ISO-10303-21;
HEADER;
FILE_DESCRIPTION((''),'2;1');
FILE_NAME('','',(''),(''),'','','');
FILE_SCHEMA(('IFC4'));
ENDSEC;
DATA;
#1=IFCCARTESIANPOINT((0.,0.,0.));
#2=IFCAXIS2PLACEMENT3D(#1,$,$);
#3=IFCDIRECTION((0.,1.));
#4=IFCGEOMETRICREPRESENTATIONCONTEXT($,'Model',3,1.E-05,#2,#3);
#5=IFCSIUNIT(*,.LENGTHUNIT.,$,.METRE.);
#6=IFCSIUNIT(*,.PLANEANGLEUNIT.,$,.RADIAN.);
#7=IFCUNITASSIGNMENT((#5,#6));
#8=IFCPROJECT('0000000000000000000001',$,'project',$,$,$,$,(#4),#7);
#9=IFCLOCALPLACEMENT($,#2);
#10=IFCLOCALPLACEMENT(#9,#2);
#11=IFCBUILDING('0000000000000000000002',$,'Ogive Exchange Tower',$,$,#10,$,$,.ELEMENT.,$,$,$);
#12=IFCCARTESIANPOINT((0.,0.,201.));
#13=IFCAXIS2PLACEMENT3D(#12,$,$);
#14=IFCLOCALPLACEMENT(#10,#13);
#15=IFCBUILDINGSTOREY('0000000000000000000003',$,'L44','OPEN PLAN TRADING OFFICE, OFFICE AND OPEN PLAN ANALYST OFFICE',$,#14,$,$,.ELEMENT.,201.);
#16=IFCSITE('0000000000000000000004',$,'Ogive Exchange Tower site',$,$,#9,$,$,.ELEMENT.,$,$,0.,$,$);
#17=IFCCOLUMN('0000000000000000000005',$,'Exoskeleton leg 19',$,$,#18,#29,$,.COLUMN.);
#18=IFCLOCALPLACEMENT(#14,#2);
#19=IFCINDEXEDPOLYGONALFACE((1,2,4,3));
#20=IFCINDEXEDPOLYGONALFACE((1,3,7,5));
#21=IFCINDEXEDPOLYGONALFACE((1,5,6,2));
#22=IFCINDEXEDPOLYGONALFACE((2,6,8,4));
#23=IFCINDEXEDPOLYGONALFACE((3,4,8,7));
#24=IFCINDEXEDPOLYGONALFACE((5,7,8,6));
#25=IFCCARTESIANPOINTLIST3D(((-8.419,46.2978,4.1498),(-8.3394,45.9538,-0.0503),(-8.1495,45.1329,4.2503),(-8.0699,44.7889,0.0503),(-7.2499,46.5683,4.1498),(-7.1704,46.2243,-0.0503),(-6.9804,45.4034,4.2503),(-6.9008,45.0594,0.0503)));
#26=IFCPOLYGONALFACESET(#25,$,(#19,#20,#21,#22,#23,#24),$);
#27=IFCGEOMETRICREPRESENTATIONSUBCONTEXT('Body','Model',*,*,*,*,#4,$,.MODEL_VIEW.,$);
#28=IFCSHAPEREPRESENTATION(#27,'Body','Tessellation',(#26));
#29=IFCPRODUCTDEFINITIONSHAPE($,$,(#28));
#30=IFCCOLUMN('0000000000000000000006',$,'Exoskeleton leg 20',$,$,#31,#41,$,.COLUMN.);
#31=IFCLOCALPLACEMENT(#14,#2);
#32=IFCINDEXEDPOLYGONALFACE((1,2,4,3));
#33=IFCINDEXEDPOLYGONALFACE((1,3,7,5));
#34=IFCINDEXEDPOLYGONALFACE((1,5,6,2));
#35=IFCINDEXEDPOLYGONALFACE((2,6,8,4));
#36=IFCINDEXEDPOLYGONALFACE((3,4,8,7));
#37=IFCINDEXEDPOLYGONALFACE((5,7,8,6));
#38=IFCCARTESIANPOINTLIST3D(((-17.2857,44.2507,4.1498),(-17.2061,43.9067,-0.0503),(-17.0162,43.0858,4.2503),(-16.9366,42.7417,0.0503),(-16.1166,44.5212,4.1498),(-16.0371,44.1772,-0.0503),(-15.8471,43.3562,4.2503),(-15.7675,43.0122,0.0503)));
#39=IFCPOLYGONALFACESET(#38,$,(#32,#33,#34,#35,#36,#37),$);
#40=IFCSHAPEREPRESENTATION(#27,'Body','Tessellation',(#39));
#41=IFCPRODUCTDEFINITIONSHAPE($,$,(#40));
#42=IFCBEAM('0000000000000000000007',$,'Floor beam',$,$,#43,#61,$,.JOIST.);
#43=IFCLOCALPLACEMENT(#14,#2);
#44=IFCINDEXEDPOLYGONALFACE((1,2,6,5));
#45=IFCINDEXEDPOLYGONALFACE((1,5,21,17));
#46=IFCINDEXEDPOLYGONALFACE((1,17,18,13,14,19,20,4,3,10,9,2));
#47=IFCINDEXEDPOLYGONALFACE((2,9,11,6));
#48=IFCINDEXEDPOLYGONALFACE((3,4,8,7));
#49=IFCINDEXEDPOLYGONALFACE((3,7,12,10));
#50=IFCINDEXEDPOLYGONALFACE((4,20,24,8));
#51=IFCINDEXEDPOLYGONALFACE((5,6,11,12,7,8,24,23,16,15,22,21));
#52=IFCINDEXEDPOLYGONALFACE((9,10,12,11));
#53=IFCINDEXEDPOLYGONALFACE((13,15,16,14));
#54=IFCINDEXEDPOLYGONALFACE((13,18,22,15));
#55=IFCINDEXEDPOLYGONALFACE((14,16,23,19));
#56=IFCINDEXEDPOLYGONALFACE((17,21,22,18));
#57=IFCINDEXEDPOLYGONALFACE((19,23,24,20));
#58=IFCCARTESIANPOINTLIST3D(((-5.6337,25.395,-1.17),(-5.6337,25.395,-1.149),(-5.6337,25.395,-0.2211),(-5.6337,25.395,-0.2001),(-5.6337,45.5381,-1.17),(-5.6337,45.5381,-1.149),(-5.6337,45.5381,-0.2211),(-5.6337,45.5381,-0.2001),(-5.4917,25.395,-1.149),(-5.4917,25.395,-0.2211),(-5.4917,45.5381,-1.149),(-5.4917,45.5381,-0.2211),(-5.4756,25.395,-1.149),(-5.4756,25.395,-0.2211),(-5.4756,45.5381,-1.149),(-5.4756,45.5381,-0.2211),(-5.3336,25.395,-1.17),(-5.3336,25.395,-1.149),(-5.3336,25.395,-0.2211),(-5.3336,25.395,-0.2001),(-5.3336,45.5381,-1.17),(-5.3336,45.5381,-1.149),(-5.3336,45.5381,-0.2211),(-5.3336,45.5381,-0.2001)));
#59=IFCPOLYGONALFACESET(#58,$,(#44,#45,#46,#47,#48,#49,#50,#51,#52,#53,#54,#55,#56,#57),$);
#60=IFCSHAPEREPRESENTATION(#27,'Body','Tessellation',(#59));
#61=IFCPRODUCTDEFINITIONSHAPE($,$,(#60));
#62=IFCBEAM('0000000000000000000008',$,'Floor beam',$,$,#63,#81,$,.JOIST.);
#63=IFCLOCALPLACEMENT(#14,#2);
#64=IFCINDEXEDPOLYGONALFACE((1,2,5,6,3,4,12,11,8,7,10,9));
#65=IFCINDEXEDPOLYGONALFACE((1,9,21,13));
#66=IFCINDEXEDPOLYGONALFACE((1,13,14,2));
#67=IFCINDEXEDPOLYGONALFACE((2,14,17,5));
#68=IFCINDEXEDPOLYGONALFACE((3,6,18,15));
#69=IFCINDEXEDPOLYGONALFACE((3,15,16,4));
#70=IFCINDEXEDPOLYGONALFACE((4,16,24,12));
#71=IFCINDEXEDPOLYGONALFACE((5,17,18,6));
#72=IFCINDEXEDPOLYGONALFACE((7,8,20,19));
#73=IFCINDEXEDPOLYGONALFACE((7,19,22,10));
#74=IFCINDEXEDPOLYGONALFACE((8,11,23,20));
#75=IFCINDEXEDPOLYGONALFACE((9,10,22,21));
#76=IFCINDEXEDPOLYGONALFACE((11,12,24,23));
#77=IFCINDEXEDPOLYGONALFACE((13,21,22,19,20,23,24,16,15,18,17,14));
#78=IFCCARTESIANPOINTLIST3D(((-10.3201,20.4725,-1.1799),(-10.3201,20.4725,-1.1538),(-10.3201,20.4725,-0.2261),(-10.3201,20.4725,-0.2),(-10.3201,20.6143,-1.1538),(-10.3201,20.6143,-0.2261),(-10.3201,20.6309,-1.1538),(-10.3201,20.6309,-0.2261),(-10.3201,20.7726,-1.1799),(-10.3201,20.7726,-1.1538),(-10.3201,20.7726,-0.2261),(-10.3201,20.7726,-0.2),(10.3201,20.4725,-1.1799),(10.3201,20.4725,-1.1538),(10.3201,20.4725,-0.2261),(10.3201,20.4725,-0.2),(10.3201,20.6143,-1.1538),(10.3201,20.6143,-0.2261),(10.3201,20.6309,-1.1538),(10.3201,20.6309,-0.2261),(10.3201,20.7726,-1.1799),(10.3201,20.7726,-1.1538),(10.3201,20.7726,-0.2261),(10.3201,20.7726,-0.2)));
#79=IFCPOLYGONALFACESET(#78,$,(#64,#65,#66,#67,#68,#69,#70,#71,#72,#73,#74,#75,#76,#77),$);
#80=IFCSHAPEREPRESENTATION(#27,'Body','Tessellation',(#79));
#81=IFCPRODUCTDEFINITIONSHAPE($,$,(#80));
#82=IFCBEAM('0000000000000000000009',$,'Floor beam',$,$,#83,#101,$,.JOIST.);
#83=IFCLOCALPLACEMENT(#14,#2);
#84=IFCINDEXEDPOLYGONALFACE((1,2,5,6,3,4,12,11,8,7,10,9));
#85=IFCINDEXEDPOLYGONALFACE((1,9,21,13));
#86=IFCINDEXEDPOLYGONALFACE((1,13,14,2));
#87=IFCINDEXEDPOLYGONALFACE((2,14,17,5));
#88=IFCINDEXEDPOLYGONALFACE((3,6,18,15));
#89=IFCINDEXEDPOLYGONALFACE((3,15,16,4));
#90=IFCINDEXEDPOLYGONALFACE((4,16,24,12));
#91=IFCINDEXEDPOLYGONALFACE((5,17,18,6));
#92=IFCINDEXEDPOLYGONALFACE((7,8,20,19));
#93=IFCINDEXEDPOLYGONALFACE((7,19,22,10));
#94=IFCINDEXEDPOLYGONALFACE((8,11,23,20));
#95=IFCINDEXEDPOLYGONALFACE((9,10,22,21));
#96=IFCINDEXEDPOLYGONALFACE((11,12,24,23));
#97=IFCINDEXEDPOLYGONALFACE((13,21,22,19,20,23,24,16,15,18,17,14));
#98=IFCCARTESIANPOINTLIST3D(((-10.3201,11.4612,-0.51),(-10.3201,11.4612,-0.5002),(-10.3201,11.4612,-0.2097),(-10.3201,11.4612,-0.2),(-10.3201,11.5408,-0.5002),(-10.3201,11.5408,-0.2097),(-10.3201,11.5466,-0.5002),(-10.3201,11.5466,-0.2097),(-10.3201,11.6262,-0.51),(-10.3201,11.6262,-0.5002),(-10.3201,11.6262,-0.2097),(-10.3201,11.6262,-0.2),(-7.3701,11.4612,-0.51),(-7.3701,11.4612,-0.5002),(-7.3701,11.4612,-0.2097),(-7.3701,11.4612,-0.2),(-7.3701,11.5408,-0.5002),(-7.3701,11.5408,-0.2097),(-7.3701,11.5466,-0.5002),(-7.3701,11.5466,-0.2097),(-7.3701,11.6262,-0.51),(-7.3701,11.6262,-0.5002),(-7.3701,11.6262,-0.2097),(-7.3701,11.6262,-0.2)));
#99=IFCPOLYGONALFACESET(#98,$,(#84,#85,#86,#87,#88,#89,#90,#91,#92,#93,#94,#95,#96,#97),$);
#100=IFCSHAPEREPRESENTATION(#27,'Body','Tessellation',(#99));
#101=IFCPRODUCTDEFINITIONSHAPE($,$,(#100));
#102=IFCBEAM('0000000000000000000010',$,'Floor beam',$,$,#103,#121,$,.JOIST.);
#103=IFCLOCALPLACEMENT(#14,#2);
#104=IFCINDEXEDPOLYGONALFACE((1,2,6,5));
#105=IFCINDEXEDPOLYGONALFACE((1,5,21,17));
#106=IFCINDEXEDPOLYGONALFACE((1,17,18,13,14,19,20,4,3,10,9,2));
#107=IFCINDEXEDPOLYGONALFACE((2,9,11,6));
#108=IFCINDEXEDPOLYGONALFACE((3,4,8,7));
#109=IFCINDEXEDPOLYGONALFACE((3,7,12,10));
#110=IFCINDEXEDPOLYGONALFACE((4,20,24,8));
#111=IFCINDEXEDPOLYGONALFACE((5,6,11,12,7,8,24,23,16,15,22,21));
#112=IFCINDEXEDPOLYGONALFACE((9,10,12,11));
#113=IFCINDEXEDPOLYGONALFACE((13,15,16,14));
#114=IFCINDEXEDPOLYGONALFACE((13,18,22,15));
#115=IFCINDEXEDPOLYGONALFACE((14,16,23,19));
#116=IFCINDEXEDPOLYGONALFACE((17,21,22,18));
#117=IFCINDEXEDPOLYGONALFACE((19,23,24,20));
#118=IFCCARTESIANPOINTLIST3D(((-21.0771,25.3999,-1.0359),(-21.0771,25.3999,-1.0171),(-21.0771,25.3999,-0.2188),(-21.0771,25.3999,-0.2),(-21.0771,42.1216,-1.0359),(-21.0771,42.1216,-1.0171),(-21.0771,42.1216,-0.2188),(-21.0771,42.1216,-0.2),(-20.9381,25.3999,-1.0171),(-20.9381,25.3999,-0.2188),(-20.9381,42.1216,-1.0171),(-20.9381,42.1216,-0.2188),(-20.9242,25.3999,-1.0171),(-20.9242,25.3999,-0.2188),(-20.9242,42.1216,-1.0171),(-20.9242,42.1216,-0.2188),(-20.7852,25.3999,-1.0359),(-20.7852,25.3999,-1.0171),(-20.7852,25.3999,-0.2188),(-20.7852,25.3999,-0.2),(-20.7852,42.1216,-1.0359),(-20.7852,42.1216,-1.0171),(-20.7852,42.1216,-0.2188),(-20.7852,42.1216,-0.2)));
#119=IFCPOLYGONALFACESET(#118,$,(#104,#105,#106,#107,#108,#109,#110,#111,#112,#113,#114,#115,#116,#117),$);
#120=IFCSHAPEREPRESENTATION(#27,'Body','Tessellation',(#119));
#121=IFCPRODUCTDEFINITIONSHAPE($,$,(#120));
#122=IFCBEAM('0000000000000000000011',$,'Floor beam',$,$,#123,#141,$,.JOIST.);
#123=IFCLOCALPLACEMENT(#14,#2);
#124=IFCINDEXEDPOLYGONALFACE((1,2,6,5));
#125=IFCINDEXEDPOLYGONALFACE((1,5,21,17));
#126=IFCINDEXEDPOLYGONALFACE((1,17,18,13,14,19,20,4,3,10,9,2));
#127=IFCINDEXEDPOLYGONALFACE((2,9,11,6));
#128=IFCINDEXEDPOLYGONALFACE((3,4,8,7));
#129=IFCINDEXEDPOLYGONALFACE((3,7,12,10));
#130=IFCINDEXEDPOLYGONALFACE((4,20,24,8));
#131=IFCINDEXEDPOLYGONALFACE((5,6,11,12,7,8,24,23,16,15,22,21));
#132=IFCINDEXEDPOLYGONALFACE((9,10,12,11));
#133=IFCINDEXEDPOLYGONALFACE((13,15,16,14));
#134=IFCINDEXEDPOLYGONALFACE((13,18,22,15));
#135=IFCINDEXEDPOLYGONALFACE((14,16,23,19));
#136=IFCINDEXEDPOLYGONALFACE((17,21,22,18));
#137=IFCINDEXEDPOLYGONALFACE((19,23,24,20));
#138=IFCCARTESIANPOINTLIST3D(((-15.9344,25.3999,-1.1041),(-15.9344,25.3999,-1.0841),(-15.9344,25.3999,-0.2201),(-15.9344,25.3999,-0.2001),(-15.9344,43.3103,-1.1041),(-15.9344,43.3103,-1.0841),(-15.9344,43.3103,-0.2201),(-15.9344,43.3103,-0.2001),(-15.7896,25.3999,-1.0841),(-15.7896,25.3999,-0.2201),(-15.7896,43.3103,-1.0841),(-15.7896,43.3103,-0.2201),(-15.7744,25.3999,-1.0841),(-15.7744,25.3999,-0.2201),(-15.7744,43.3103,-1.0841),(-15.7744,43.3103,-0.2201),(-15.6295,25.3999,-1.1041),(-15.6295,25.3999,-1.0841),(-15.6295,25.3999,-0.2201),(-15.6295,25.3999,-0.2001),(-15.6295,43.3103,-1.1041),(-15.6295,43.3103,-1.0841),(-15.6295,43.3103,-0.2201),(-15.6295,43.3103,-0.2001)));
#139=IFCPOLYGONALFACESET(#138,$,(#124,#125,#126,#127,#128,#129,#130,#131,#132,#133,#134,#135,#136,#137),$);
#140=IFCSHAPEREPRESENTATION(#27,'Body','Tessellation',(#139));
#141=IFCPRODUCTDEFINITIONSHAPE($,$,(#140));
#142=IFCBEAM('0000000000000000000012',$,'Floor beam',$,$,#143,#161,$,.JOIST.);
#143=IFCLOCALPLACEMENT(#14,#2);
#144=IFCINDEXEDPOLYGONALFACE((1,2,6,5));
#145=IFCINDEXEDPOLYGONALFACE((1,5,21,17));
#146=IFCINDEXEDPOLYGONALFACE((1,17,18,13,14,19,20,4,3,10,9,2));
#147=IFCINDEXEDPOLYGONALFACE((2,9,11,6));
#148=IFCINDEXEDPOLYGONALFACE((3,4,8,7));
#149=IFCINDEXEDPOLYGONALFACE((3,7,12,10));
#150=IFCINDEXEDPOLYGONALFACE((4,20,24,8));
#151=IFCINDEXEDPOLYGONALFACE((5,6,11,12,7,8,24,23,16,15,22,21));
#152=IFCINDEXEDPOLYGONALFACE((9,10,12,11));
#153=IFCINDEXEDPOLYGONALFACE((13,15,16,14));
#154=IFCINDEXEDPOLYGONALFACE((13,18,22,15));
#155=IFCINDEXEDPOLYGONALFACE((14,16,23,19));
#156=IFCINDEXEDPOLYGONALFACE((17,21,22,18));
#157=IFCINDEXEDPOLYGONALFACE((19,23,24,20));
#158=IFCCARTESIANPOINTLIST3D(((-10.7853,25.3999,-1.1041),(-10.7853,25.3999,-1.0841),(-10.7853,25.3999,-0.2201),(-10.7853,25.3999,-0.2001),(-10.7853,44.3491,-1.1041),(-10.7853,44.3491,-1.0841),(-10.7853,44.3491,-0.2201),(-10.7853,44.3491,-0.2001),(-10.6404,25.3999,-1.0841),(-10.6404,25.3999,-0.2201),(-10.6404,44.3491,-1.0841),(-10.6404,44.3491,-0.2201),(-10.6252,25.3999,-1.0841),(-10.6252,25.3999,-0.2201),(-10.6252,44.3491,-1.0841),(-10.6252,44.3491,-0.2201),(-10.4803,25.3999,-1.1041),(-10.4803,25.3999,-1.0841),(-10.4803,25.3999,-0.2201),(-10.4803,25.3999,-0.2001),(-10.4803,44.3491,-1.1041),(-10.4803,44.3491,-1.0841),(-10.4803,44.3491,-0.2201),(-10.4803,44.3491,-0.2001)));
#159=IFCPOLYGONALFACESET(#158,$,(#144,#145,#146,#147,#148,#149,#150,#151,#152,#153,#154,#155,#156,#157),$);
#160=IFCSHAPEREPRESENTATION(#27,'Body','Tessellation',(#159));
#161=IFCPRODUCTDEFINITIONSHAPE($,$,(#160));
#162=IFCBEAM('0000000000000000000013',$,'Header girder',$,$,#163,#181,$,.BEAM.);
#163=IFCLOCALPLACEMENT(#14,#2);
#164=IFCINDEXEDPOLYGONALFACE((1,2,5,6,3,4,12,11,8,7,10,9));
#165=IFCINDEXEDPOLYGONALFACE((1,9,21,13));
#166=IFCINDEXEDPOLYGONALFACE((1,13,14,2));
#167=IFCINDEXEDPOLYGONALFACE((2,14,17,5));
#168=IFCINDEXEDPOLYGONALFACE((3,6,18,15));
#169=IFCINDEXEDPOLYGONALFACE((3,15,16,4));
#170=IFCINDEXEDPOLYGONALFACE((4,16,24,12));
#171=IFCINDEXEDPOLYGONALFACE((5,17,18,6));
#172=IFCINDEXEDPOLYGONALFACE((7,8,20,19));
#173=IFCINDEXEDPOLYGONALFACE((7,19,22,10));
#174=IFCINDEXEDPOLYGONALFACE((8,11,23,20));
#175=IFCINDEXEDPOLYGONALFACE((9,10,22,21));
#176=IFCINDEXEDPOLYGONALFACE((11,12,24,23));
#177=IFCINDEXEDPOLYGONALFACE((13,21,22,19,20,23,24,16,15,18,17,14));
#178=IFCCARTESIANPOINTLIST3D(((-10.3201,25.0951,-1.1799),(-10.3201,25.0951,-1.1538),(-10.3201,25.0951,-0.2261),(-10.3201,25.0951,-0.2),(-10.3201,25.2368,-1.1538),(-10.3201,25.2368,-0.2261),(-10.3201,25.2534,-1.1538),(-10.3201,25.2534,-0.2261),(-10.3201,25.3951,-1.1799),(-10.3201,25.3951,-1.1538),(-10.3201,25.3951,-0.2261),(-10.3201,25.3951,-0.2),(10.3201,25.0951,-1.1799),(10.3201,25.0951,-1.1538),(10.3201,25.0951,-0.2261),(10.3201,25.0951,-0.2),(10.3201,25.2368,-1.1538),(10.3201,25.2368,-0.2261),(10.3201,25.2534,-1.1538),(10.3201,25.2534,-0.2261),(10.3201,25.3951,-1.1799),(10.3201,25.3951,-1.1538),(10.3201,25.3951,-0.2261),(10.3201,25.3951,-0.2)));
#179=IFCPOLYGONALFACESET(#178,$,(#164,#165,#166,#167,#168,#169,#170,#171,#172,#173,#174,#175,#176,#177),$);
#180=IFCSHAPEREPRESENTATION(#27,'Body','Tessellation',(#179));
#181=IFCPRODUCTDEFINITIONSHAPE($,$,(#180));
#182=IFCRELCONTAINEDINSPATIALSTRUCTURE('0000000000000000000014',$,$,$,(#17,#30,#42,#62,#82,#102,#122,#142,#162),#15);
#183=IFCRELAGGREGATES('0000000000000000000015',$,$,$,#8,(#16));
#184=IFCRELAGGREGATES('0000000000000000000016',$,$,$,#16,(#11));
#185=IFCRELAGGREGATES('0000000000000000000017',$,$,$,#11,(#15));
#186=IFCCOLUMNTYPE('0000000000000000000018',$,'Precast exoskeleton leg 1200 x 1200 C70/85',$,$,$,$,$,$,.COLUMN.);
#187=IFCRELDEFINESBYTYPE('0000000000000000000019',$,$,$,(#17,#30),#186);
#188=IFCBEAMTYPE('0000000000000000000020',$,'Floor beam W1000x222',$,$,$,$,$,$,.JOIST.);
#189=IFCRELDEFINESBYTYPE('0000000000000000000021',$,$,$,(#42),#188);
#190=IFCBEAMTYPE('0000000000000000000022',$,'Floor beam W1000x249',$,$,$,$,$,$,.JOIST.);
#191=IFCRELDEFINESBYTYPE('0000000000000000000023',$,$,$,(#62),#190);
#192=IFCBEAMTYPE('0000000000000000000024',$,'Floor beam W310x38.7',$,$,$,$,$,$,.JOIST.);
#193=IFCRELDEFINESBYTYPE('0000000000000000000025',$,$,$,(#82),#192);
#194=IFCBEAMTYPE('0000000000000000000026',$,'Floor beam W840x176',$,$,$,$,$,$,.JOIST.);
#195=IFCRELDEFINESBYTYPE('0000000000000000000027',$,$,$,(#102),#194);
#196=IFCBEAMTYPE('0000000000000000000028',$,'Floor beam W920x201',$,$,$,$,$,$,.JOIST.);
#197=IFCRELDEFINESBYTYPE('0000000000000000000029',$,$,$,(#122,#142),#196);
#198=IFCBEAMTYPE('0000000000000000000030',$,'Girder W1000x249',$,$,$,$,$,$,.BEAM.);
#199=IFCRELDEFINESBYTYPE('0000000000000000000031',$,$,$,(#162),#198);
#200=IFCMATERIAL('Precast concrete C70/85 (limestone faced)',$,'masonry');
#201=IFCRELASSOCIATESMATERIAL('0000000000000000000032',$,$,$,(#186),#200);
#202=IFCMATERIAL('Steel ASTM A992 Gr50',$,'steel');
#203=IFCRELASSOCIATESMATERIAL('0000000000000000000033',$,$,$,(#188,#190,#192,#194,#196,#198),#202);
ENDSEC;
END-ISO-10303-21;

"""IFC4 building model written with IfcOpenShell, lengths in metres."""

from ifc_helpers import new_model, si_unit, direction, frame, origin, origin_2d, place, context, subcontext, project, spatial, rectangle, i_section, extrude, material, material_profile, profile_set, type_object, element, save


model = new_model("IFC4")

# Units and contexts
model_context = context("Model", 3, precision=1e-05, world=origin(), true_north=direction((0.0, 1.0)))
body_context = subcontext(model_context, "Body", "Model", "MODEL_VIEW")
ifc_project = project(units=[si_unit("LENGTHUNIT", "METRE"), si_unit("PLANEANGLEUNIT", "RADIAN")], contexts=[model_context])

# Site, building, storey
site_placement = place(None, origin())
site = spatial("IfcSite", under=ifc_project, at=site_placement, Name="Ogive Exchange Tower site", CompositionType="ELEMENT", RefElevation=0.0)
building_placement = place(site_placement, origin())
building = spatial("IfcBuilding", under=site, at=building_placement, Name="Ogive Exchange Tower", CompositionType="ELEMENT")
storey_placement = place(building_placement, frame((0.0, 0.0, 201.0)))
storey = spatial("IfcBuildingStorey", under=building, at=storey_placement, Name="L44", Description="OPEN PLAN TRADING OFFICE, OFFICE AND OPEN PLAN ANALYST OFFICE", CompositionType="ELEMENT", Elevation=201.0)

# Columns
ifc_material_1 = material(Name="Precast concrete C70/85 (limestone faced)", Category="masonry")
ifc_material_profile_1 = material_profile(ifc_material_1, rectangle(XDim=1.2, YDim=1.2, at=origin_2d()), Name="1200 x 1200")
ifc_profile_set_1 = profile_set([ifc_material_profile_1], Name="Precast concrete C70/85 (limestone faced)")
column_type = type_object("IfcColumnType", Name="Precast exoskeleton leg 1200 x 1200 C70/85", PredefinedType="COLUMN", material=ifc_profile_set_1)
for number, where, z_axis, x_axis, name in (
    (1, (-7.6201, 45.5066, 0.0), (-0.018884, 0.081616, 0.996485), (-0.974263, -0.225415, 0.0), "Exoskeleton leg 19"),
    (2, (-16.4868, 43.4595, 0.0), (-0.018884, 0.081616, 0.996485), (-0.974263, -0.225415, 0.0), "Exoskeleton leg 20"),
):
    element("IfcColumn", number, at=place(storey_placement, frame(where, z_axis=z_axis, x_axis=x_axis)), inside=storey, type_object=column_type, Name=name, PredefinedType="COLUMN", context=body_context, shape_type="SweptSolid", body=[
        extrude(rectangle(XDim=1.2, YDim=1.2, at=origin_2d()), origin(), (0.0, 0.0, 1.0), 4.2148),
    ])

# Beams
ifc_material_2 = material(Name="Steel ASTM A992 Gr50", Category="steel")
ifc_material_profile_2 = material_profile(ifc_material_2, i_section(OverallWidth=0.3, OverallDepth=0.97, WebThickness=0.0161, FlangeThickness=0.021, at=origin_2d()), Name="W1000x222")
ifc_profile_set_2 = profile_set([ifc_material_profile_2], Name="Steel ASTM A992 Gr50")
beam_type_1 = type_object("IfcBeamType", Name="Floor beam W1000x222", PredefinedType="JOIST", material=ifc_profile_set_2)
beam_1_placement = place(storey_placement, frame((-5.4836, 25.395, -0.6851), z_axis=(0.0, 1.0, 0.0), x_axis=(-1.0, 0.0, 0.0)))
element("IfcBeam", 3, at=beam_1_placement, inside=storey, type_object=beam_type_1, Name="Floor beam", PredefinedType="JOIST", context=body_context, shape_type="SweptSolid", body=[
    extrude(i_section(OverallWidth=0.3, OverallDepth=0.97, WebThickness=0.0161, FlangeThickness=0.021, at=origin_2d()), origin(), (0.0, 0.0, 1.0), 20.1431),
])
ifc_material_profile_3 = material_profile(ifc_material_2, i_section(OverallWidth=0.3, OverallDepth=0.98, WebThickness=0.0166, FlangeThickness=0.0261, at=origin_2d()), Name="W1000x249")
ifc_profile_set_3 = profile_set([ifc_material_profile_3], Name="Steel ASTM A992 Gr50")
beam_type_2 = type_object("IfcBeamType", Name="Floor beam W1000x249", PredefinedType="JOIST", material=ifc_profile_set_3)
beam_2_placement = place(storey_placement, frame((-10.3201, 20.6226, -0.6899), z_axis=(1.0, 0.0, 0.0), x_axis=(0.0, 1.0, 0.0)))
element("IfcBeam", 4, at=beam_2_placement, inside=storey, type_object=beam_type_2, Name="Floor beam", PredefinedType="JOIST", context=body_context, shape_type="SweptSolid", body=[
    extrude(i_section(OverallWidth=0.3, OverallDepth=0.98, WebThickness=0.0166, FlangeThickness=0.0261, at=origin_2d()), origin(), (0.0, 0.0, 1.0), 20.6401),
])
ifc_material_profile_4 = material_profile(ifc_material_2, i_section(OverallWidth=0.165, OverallDepth=0.3101, WebThickness=0.0059, FlangeThickness=0.0098, at=origin_2d()), Name="W310x38.7")
ifc_profile_set_4 = profile_set([ifc_material_profile_4], Name="Steel ASTM A992 Gr50")
beam_type_3 = type_object("IfcBeamType", Name="Floor beam W310x38.7", PredefinedType="JOIST", material=ifc_profile_set_4)
beam_3_placement = place(storey_placement, frame((-10.3201, 11.5437, -0.355), z_axis=(1.0, 0.0, 0.0), x_axis=(0.0, 1.0, 0.0)))
element("IfcBeam", 5, at=beam_3_placement, inside=storey, type_object=beam_type_3, Name="Floor beam", PredefinedType="JOIST", context=body_context, shape_type="SweptSolid", body=[
    extrude(i_section(OverallWidth=0.165, OverallDepth=0.3101, WebThickness=0.0059, FlangeThickness=0.0098, at=origin_2d()), origin(), (0.0, 0.0, 1.0), 2.95),
])
ifc_material_profile_5 = material_profile(ifc_material_2, i_section(OverallWidth=0.292, OverallDepth=0.8359, WebThickness=0.0139, FlangeThickness=0.0188, at=origin_2d()), Name="W840x176")
ifc_profile_set_5 = profile_set([ifc_material_profile_5], Name="Steel ASTM A992 Gr50")
beam_type_4 = type_object("IfcBeamType", Name="Floor beam W840x176", PredefinedType="JOIST", material=ifc_profile_set_5)
beam_4_placement = place(storey_placement, frame((-20.9312, 25.3999, -0.6179), z_axis=(0.0, 1.0, 0.0), x_axis=(-1.0, 0.0, 0.0)))
element("IfcBeam", 6, at=beam_4_placement, inside=storey, type_object=beam_type_4, Name="Floor beam", PredefinedType="JOIST", context=body_context, shape_type="SweptSolid", body=[
    extrude(i_section(OverallWidth=0.292, OverallDepth=0.8359, WebThickness=0.0139, FlangeThickness=0.0188, at=origin_2d()), origin(), (0.0, 0.0, 1.0), 16.7217),
])
ifc_material_profile_6 = material_profile(ifc_material_2, i_section(OverallWidth=0.3049, OverallDepth=0.9041, WebThickness=0.0151, FlangeThickness=0.02, at=origin_2d()), Name="W920x201")
ifc_profile_set_6 = profile_set([ifc_material_profile_6], Name="Steel ASTM A992 Gr50")
beam_type_5 = type_object("IfcBeamType", Name="Floor beam W920x201", PredefinedType="JOIST", material=ifc_profile_set_6)
beam_5_placement = place(storey_placement, frame((-15.782, 25.3999, -0.6521), z_axis=(0.0, 1.0, 0.0), x_axis=(-1.0, 0.0, 0.0)))
element("IfcBeam", 7, at=beam_5_placement, inside=storey, type_object=beam_type_5, Name="Floor beam", PredefinedType="JOIST", context=body_context, shape_type="SweptSolid", body=[
    extrude(i_section(OverallWidth=0.3049, OverallDepth=0.9041, WebThickness=0.0151, FlangeThickness=0.02, at=origin_2d()), origin(), (0.0, 0.0, 1.0), 17.9104),
])
beam_6_placement = place(storey_placement, frame((-10.6328, 25.3999, -0.6521), z_axis=(0.0, 1.0, 0.0), x_axis=(-1.0, 0.0, 0.0)))
element("IfcBeam", 8, at=beam_6_placement, inside=storey, type_object=beam_type_5, Name="Floor beam", PredefinedType="JOIST", context=body_context, shape_type="SweptSolid", body=[
    extrude(i_section(OverallWidth=0.3049, OverallDepth=0.9041, WebThickness=0.0151, FlangeThickness=0.02, at=origin_2d()), origin(), (0.0, 0.0, 1.0), 18.9492),
])
ifc_material_profile_7 = material_profile(ifc_material_2, i_section(OverallWidth=0.3, OverallDepth=0.98, WebThickness=0.0166, FlangeThickness=0.0261, at=origin_2d()), Name="W1000x249")
ifc_profile_set_7 = profile_set([ifc_material_profile_7], Name="Steel ASTM A992 Gr50")
beam_type_6 = type_object("IfcBeamType", Name="Girder W1000x249", PredefinedType="BEAM", material=ifc_profile_set_7)
beam_7_placement = place(storey_placement, frame((-10.3201, 25.2451, -0.6899), z_axis=(1.0, 0.0, 0.0), x_axis=(0.0, 1.0, 0.0)))
element("IfcBeam", 9, at=beam_7_placement, inside=storey, type_object=beam_type_6, Name="Header girder", PredefinedType="BEAM", context=body_context, shape_type="SweptSolid", body=[
    extrude(i_section(OverallWidth=0.3, OverallDepth=0.98, WebThickness=0.0166, FlangeThickness=0.0261, at=origin_2d()), origin(), (0.0, 0.0, 1.0), 20.6401),
])

save(model, "model.ifc")
